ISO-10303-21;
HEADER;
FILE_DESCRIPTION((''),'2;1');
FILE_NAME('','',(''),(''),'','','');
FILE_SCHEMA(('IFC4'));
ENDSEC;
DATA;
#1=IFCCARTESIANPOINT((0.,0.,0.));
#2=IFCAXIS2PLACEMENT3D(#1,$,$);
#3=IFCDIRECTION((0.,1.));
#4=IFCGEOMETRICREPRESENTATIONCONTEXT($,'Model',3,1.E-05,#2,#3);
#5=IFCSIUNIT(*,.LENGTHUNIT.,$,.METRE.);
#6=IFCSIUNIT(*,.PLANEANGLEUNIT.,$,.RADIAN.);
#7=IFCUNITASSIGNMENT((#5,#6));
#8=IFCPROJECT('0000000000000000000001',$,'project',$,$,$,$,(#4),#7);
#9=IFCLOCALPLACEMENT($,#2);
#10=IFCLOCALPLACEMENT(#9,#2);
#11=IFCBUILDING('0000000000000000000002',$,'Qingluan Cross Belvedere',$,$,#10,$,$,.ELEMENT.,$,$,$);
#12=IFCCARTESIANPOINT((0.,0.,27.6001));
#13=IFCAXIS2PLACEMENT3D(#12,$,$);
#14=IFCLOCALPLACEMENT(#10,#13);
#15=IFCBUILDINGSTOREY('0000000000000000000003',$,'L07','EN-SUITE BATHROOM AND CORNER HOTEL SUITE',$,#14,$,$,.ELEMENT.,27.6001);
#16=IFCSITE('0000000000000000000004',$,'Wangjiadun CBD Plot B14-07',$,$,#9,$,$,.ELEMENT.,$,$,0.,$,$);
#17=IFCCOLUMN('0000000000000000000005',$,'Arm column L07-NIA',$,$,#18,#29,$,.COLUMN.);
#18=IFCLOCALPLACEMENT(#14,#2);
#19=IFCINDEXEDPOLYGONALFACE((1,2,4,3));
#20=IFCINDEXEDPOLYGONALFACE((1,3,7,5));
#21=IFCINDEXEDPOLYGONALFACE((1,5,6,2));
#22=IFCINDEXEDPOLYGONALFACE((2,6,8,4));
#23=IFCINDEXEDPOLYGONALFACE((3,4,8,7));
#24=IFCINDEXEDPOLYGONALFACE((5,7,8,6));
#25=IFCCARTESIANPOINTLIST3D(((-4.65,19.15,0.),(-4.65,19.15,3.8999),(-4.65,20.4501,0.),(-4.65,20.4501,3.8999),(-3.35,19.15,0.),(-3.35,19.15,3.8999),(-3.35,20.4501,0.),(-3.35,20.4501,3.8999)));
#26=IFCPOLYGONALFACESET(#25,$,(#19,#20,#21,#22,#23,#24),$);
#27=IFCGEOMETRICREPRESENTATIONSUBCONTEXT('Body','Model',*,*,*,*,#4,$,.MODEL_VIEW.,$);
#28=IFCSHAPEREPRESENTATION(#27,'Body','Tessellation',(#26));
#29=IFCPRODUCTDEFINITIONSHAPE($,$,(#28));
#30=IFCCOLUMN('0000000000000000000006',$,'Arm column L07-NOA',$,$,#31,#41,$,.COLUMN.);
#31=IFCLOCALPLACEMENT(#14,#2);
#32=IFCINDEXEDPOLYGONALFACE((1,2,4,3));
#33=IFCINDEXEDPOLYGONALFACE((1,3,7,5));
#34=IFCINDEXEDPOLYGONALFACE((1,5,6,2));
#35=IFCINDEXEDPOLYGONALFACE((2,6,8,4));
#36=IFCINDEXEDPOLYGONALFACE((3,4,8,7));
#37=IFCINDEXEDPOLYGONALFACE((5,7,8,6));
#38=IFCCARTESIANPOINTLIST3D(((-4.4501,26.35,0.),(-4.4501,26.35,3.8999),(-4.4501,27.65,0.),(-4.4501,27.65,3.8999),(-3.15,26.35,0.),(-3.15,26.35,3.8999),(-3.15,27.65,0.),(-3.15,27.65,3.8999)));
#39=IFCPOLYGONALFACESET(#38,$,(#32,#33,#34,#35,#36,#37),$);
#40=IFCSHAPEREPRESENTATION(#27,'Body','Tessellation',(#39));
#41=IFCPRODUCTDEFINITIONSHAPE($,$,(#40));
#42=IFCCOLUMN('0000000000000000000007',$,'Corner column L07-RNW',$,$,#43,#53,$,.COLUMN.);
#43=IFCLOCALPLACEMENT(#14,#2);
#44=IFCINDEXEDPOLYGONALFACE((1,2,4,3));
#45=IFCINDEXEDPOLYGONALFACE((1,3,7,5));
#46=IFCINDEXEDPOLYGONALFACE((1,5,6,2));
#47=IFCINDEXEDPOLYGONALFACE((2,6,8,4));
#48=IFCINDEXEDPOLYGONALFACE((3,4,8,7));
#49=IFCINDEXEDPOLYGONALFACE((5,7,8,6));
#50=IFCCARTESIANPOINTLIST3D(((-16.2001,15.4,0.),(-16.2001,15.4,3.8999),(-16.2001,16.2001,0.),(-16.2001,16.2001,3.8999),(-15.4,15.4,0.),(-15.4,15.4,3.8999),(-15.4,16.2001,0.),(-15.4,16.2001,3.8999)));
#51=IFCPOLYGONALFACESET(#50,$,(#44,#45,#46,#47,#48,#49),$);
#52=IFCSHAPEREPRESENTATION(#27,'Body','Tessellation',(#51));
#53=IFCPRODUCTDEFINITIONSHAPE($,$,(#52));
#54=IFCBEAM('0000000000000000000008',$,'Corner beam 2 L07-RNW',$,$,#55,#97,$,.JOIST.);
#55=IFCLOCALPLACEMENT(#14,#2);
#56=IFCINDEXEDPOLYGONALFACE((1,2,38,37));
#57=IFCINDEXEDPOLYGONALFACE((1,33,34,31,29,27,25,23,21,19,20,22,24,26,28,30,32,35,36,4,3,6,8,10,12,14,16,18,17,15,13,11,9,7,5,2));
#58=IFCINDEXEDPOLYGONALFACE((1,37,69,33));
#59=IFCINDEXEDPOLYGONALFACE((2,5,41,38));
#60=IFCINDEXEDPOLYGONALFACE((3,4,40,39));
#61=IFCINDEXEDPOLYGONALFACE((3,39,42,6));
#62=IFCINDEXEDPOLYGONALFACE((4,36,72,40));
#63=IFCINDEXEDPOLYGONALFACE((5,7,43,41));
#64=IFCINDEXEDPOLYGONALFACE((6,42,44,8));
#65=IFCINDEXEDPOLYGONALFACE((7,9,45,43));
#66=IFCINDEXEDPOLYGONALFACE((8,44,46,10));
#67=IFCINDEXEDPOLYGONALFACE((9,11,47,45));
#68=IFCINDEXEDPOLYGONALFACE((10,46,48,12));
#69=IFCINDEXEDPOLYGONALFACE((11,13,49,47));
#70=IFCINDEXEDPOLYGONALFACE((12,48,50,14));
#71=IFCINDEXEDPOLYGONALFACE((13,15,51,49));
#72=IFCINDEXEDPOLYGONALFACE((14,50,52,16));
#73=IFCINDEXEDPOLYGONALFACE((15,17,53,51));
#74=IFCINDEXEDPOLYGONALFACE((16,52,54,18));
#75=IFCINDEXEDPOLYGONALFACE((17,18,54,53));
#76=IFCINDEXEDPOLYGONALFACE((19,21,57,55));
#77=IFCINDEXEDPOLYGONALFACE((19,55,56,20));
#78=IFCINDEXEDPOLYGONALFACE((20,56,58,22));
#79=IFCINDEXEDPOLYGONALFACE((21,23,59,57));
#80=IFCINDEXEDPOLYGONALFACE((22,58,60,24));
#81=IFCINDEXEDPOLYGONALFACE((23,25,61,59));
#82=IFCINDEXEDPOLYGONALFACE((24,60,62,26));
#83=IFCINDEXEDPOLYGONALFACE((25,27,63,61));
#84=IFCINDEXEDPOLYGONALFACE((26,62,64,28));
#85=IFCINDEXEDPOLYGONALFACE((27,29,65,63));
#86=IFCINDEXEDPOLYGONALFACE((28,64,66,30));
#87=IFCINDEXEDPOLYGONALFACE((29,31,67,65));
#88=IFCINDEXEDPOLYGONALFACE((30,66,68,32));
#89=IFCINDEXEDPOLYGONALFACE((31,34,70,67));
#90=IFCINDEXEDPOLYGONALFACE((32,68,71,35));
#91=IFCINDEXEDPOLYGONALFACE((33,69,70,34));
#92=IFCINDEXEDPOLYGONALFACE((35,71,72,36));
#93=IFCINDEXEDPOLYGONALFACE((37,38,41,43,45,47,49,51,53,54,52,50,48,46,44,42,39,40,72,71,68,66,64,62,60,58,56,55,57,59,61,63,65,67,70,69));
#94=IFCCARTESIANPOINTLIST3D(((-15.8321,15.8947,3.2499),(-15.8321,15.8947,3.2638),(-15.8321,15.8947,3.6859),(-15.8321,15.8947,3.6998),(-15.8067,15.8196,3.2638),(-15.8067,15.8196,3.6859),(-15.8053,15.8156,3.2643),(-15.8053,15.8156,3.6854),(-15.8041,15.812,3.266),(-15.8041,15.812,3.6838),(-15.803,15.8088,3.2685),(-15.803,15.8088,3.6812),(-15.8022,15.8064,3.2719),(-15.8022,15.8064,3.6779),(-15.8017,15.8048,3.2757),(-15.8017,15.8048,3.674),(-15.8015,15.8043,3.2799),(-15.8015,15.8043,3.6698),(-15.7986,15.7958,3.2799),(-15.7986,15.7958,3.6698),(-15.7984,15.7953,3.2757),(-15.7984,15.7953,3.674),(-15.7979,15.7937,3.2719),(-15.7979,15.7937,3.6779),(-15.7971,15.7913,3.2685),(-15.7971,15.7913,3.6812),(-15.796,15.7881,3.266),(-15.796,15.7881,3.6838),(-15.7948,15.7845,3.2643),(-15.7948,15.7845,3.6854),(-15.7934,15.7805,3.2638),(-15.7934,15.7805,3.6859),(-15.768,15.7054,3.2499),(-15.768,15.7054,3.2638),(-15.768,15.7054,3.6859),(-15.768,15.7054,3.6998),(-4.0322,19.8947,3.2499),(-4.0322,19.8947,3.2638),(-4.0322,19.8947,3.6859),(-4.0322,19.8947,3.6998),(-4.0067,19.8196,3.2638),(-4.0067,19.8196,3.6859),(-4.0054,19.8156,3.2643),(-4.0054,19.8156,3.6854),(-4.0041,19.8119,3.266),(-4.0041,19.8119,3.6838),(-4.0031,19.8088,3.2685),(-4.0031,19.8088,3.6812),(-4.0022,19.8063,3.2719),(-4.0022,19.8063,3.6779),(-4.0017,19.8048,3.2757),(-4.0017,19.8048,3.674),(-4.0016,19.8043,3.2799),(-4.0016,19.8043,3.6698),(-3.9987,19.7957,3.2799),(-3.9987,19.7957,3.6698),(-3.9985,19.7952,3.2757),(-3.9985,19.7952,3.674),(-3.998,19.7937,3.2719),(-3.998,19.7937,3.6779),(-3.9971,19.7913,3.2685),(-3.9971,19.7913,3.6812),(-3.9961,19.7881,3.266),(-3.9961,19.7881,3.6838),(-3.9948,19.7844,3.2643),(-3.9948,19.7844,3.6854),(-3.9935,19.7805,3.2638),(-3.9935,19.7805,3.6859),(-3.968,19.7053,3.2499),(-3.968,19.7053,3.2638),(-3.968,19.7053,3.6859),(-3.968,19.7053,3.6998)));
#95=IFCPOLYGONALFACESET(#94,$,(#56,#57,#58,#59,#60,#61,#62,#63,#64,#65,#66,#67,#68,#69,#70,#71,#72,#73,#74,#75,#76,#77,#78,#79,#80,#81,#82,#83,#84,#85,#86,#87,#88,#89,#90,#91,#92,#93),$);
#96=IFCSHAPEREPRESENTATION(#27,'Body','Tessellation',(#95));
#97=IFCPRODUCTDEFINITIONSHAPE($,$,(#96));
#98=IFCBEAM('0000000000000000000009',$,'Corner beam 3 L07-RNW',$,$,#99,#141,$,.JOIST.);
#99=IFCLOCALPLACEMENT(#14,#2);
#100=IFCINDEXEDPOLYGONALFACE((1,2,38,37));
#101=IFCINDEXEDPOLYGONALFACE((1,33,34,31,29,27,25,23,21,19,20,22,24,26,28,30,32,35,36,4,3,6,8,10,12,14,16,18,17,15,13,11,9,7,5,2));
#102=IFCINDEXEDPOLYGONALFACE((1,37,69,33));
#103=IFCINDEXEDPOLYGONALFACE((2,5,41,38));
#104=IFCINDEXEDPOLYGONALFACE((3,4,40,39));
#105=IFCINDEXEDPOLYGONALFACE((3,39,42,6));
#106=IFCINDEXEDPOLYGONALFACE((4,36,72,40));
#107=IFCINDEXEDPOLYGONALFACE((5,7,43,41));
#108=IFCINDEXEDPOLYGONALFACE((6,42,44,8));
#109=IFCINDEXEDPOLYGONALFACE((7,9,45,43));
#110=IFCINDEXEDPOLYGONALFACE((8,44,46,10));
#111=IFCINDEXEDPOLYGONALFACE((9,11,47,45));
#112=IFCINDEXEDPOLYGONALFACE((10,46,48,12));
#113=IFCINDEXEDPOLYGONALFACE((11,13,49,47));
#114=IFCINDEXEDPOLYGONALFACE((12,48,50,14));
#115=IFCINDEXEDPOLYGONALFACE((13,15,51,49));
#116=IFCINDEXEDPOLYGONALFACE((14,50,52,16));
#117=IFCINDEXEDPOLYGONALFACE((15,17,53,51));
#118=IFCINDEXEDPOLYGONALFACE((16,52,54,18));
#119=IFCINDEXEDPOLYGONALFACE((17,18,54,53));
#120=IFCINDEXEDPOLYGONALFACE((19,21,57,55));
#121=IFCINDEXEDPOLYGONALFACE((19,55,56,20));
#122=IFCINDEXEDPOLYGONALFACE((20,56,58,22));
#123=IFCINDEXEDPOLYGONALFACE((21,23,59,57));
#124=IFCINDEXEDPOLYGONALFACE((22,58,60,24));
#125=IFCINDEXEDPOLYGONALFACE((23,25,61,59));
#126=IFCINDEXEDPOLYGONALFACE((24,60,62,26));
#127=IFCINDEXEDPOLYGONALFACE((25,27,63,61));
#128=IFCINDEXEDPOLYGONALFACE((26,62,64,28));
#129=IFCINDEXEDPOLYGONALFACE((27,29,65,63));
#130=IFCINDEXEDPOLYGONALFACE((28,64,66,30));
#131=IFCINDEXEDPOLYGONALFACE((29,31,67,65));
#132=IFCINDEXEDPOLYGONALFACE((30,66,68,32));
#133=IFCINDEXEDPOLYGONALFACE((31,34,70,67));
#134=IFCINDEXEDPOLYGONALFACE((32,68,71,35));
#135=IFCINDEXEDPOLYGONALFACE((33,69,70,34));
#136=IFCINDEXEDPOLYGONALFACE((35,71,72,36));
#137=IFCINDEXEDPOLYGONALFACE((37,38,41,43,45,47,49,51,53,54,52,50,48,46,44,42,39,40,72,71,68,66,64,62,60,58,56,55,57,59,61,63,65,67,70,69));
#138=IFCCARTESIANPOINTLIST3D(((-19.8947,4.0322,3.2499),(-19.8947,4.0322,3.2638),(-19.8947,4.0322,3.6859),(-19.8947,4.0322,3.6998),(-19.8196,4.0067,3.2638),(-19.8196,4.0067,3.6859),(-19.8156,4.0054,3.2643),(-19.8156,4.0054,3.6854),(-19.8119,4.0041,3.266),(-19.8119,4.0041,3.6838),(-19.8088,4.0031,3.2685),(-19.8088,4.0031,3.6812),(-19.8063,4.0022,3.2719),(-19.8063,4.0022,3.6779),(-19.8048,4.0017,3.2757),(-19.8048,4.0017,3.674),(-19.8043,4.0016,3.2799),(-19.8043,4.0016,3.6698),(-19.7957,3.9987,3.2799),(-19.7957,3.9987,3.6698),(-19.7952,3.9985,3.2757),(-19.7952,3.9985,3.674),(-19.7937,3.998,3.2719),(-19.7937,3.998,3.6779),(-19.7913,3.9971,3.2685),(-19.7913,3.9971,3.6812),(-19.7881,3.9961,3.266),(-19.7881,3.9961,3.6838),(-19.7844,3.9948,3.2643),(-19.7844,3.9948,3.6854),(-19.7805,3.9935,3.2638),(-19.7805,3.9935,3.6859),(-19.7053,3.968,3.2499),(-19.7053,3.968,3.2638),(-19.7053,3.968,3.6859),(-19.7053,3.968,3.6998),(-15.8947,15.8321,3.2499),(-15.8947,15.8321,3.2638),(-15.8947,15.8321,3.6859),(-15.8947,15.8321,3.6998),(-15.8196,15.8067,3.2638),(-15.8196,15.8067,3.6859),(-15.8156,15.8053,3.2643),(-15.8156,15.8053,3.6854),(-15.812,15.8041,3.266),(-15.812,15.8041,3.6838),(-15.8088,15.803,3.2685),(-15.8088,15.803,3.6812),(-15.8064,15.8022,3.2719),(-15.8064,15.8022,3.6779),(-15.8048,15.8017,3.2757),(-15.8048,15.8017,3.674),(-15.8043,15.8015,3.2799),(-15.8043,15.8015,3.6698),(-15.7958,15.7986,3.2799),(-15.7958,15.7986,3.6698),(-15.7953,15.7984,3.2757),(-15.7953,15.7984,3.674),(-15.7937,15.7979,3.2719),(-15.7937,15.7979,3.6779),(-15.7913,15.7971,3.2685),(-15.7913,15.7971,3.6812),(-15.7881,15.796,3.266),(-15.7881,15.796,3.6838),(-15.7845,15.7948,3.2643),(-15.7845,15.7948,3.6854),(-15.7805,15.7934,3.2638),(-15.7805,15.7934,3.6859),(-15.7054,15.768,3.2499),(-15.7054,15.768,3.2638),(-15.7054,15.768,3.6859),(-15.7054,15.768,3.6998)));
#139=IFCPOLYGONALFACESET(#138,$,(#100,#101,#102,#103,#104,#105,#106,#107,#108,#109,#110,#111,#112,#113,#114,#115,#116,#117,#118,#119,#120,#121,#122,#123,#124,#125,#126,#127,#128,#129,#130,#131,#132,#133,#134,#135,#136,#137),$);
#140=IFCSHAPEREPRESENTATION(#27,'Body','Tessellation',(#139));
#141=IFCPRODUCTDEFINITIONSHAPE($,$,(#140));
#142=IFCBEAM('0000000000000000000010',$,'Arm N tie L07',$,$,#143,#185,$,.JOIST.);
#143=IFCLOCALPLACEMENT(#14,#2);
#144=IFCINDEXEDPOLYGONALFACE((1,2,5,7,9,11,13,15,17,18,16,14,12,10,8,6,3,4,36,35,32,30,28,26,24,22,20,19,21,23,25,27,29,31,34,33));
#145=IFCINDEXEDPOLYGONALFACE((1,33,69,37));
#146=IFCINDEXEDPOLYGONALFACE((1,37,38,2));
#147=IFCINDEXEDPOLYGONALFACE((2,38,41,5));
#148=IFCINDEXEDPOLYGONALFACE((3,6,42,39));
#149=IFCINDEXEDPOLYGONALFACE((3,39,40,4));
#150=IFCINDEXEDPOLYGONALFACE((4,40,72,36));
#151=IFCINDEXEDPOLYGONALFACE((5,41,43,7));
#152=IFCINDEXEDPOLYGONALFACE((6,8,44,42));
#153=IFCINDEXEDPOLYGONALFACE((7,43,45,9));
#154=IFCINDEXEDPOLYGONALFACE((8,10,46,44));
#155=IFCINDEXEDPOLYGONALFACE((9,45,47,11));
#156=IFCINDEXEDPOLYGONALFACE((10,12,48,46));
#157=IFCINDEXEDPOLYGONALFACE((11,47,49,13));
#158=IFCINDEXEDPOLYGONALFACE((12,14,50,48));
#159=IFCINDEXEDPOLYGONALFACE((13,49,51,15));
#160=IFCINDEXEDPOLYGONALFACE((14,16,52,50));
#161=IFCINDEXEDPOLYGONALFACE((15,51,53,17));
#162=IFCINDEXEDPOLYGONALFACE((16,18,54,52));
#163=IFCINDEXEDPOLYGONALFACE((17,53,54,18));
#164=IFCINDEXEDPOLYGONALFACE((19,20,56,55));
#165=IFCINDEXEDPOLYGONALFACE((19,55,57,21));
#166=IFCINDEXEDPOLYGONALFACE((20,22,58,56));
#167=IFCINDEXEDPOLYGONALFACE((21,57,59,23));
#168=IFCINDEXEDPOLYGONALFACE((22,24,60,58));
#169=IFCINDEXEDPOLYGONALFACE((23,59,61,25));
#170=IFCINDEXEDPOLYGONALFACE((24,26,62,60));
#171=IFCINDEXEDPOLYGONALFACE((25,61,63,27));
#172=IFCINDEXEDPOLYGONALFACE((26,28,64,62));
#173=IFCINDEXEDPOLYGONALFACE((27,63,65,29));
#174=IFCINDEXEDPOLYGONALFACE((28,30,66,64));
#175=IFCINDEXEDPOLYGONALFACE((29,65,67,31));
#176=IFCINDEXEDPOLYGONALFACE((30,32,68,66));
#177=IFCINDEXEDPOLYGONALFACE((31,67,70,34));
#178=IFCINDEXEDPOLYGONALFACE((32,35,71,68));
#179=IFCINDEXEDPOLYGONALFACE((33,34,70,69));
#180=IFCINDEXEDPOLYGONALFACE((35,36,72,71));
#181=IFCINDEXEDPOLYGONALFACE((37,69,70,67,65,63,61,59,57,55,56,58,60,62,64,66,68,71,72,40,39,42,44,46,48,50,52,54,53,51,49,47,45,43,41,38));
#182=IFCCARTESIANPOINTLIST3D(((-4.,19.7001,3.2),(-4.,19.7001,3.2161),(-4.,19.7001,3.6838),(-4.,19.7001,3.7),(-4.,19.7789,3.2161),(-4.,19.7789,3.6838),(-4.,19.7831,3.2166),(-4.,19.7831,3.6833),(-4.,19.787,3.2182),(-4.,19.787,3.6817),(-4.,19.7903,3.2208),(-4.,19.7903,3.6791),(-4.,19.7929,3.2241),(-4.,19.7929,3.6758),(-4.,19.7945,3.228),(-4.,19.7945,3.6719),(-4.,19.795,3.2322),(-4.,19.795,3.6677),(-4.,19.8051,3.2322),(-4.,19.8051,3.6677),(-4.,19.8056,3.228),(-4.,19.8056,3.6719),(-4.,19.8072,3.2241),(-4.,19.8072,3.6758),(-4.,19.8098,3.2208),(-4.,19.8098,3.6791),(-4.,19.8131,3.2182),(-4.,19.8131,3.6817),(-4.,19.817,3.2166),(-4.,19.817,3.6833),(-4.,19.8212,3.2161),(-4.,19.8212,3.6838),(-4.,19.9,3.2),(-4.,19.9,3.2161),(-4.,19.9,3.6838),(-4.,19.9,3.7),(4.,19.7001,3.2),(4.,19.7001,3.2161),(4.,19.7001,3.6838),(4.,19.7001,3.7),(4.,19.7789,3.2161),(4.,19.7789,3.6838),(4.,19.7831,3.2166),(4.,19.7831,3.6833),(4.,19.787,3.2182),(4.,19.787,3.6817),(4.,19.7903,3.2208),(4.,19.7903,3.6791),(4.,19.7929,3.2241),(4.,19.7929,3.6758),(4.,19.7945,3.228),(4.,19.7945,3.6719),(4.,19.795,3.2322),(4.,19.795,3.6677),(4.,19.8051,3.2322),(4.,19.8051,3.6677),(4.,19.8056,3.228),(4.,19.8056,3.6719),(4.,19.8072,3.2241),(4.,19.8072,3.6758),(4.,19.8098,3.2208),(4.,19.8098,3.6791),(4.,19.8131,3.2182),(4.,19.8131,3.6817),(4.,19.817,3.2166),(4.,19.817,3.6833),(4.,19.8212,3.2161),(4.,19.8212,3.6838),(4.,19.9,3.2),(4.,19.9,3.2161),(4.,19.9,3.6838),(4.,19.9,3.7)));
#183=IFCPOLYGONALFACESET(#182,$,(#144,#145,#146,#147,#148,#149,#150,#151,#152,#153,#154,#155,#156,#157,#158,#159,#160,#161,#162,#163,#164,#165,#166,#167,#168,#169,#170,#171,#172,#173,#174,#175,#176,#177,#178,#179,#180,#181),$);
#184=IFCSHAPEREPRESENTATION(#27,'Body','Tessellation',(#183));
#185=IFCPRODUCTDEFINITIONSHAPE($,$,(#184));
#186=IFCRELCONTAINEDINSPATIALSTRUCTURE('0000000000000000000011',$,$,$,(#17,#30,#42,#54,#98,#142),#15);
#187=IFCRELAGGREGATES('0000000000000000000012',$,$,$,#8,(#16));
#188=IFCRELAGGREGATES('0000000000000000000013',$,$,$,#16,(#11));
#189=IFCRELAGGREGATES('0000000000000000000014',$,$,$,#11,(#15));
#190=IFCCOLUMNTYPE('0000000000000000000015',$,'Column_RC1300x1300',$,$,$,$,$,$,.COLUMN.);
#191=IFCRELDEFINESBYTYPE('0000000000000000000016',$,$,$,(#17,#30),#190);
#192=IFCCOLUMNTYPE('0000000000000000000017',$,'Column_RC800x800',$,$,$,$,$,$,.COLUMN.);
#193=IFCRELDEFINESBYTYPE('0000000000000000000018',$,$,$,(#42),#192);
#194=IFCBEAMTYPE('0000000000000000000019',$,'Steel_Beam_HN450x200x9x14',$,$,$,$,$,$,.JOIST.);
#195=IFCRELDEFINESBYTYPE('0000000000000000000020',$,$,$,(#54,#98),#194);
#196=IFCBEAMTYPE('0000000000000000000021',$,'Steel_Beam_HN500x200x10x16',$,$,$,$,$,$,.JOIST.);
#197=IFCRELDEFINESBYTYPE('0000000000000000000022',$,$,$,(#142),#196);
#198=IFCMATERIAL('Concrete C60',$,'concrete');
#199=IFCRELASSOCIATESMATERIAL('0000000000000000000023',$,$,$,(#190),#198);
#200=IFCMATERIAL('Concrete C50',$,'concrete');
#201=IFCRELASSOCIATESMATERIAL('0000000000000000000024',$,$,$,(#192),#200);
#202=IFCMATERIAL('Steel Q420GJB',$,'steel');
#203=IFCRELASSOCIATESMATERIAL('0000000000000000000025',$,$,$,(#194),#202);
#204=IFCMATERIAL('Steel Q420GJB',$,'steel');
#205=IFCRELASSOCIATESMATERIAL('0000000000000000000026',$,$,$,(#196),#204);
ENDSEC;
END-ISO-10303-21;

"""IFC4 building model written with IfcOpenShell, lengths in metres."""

from ifc_helpers import new_model, si_unit, direction, frame, origin, origin_2d, place, context, subcontext, project, spatial, rectangle, i_section, extrude, material, material_profile, profile_set, type_object, element, save


model = new_model("IFC4")

# Units and contexts
model_context = context("Model", 3, precision=1e-05, world=origin(), true_north=direction((0.0, 1.0)))
body_context = subcontext(model_context, "Body", "Model", "MODEL_VIEW")
ifc_project = project(units=[si_unit("LENGTHUNIT", "METRE"), si_unit("PLANEANGLEUNIT", "RADIAN")], contexts=[model_context])

# Site, building, storey
site_placement = place(None, origin())
site = spatial("IfcSite", under=ifc_project, at=site_placement, Name="Wangjiadun CBD Plot B14-07", CompositionType="ELEMENT", RefElevation=0.0)
building_placement = place(site_placement, origin())
building = spatial("IfcBuilding", under=site, at=building_placement, Name="Qingluan Cross Belvedere", CompositionType="ELEMENT")
storey_placement = place(building_placement, frame((0.0, 0.0, 27.6001)))
storey = spatial("IfcBuildingStorey", under=building, at=storey_placement, Name="L07", Description="EN-SUITE BATHROOM AND CORNER HOTEL SUITE", CompositionType="ELEMENT", Elevation=27.6001)

# Columns
ifc_material_1 = material(Name="Concrete C60", Category="concrete")
ifc_material_profile_1 = material_profile(ifc_material_1, rectangle(XDim=1.3, YDim=1.3, at=origin_2d()), Name="RC1300x1300")
ifc_profile_set_1 = profile_set([ifc_material_profile_1], Name="Concrete C60")
column_type_1 = type_object("IfcColumnType", Name="Column_RC1300x1300", PredefinedType="COLUMN", material=ifc_profile_set_1)
for number, where, z_axis, x_axis, name in (
    (1, (-4.0, 19.8, 0.0), (0.0, 0.0, 1.0), (1.0, 0.0, 0.0), "Arm column L07-NIA"),
    (2, (-3.8, 27.0, 0.0), (0.0, 0.0, 1.0), (1.0, 0.0, 0.0), "Arm column L07-NOA"),
):
    element("IfcColumn", number, at=place(storey_placement, frame(where, z_axis=z_axis, x_axis=x_axis)), inside=storey, type_object=column_type_1, Name=name, PredefinedType="COLUMN", context=body_context, shape_type="SweptSolid", body=[
        extrude(rectangle(XDim=1.3, YDim=1.3, at=origin_2d()), origin(), (0.0, 0.0, 1.0), 3.8999),
    ])
ifc_material_2 = material(Name="Concrete C50", Category="concrete")
ifc_material_profile_2 = material_profile(ifc_material_2, rectangle(XDim=0.8, YDim=0.8, at=origin_2d()), Name="RC800x800")
ifc_profile_set_2 = profile_set([ifc_material_profile_2], Name="Concrete C50")
column_type_2 = type_object("IfcColumnType", Name="Column_RC800x800", PredefinedType="COLUMN", material=ifc_profile_set_2)
column_placement = place(storey_placement, frame((-15.8, 15.8, 0.0), z_axis=(0.0, 0.0, 1.0), x_axis=(1.0, 0.0, 0.0)))
element("IfcColumn", 3, at=column_placement, inside=storey, type_object=column_type_2, Name="Corner column L07-RNW", PredefinedType="COLUMN", context=body_context, shape_type="SweptSolid", body=[
    extrude(rectangle(XDim=0.8, YDim=0.8, at=origin_2d()), origin(), (0.0, 0.0, 1.0), 3.8999),
])

# Beams
ifc_material_3 = material(Name="Steel Q420GJB", Category="steel")
ifc_material_profile_3 = material_profile(ifc_material_3, i_section(OverallWidth=0.2, OverallDepth=0.45, WebThickness=0.009, FlangeThickness=0.0139, FilletRadius=0.0161, at=origin_2d()), Name="HN450x200x9x14")
ifc_profile_set_3 = profile_set([ifc_material_profile_3], Name="Steel Q420GJB")
beam_type_1 = type_object("IfcBeamType", Name="Steel_Beam_HN450x200x9x14", PredefinedType="JOIST", material=ifc_profile_set_3)
for number, where, z_axis, x_axis, name in (
    (4, (-15.8, 15.8, 3.4749), (0.947066, 0.321038, 0.0), (-0.321038, 0.947066, 0.0), "Corner beam 2 L07-RNW"),
    (5, (-15.8, 15.8, 3.4749), (-0.321038, -0.947066, 0.0), (0.947066, -0.321038, 0.0), "Corner beam 3 L07-RNW"),
):
    element("IfcBeam", number, at=place(storey_placement, frame(where, z_axis=z_axis, x_axis=x_axis)), inside=storey, type_object=beam_type_1, Name=name, PredefinedType="JOIST", context=body_context, shape_type="SweptSolid", body=[
        extrude(i_section(OverallWidth=0.2, OverallDepth=0.45, WebThickness=0.009, FlangeThickness=0.0139, FilletRadius=0.0161, at=origin_2d()), origin(), (0.0, 0.0, 1.0), 12.4595),
    ])
ifc_material_4 = material(Name="Steel Q420GJB", Category="steel")
ifc_material_profile_4 = material_profile(ifc_material_4, i_section(OverallWidth=0.2, OverallDepth=0.5, WebThickness=0.01, FlangeThickness=0.0161, FilletRadius=0.0161, at=origin_2d()), Name="HN500x200x10x16")
ifc_profile_set_4 = profile_set([ifc_material_profile_4], Name="Steel Q420GJB")
beam_type_2 = type_object("IfcBeamType", Name="Steel_Beam_HN500x200x10x16", PredefinedType="JOIST", material=ifc_profile_set_4)
for number, where, z_axis, x_axis, name in (
    (6, (-4.0, 19.8, 3.45), (1.0, 0.0, 0.0), (0.0, 1.0, 0.0), "Arm N tie L07"),
):
    element("IfcBeam", number, at=place(storey_placement, frame(where, z_axis=z_axis, x_axis=x_axis)), inside=storey, type_object=beam_type_2, Name=name, PredefinedType="JOIST", context=body_context, shape_type="SweptSolid", body=[
        extrude(i_section(OverallWidth=0.2, OverallDepth=0.5, WebThickness=0.01, FlangeThickness=0.0161, FilletRadius=0.0161, at=origin_2d()), origin(), (0.0, 0.0, 1.0), 8.0),
    ])

save(model, "model.ifc")
